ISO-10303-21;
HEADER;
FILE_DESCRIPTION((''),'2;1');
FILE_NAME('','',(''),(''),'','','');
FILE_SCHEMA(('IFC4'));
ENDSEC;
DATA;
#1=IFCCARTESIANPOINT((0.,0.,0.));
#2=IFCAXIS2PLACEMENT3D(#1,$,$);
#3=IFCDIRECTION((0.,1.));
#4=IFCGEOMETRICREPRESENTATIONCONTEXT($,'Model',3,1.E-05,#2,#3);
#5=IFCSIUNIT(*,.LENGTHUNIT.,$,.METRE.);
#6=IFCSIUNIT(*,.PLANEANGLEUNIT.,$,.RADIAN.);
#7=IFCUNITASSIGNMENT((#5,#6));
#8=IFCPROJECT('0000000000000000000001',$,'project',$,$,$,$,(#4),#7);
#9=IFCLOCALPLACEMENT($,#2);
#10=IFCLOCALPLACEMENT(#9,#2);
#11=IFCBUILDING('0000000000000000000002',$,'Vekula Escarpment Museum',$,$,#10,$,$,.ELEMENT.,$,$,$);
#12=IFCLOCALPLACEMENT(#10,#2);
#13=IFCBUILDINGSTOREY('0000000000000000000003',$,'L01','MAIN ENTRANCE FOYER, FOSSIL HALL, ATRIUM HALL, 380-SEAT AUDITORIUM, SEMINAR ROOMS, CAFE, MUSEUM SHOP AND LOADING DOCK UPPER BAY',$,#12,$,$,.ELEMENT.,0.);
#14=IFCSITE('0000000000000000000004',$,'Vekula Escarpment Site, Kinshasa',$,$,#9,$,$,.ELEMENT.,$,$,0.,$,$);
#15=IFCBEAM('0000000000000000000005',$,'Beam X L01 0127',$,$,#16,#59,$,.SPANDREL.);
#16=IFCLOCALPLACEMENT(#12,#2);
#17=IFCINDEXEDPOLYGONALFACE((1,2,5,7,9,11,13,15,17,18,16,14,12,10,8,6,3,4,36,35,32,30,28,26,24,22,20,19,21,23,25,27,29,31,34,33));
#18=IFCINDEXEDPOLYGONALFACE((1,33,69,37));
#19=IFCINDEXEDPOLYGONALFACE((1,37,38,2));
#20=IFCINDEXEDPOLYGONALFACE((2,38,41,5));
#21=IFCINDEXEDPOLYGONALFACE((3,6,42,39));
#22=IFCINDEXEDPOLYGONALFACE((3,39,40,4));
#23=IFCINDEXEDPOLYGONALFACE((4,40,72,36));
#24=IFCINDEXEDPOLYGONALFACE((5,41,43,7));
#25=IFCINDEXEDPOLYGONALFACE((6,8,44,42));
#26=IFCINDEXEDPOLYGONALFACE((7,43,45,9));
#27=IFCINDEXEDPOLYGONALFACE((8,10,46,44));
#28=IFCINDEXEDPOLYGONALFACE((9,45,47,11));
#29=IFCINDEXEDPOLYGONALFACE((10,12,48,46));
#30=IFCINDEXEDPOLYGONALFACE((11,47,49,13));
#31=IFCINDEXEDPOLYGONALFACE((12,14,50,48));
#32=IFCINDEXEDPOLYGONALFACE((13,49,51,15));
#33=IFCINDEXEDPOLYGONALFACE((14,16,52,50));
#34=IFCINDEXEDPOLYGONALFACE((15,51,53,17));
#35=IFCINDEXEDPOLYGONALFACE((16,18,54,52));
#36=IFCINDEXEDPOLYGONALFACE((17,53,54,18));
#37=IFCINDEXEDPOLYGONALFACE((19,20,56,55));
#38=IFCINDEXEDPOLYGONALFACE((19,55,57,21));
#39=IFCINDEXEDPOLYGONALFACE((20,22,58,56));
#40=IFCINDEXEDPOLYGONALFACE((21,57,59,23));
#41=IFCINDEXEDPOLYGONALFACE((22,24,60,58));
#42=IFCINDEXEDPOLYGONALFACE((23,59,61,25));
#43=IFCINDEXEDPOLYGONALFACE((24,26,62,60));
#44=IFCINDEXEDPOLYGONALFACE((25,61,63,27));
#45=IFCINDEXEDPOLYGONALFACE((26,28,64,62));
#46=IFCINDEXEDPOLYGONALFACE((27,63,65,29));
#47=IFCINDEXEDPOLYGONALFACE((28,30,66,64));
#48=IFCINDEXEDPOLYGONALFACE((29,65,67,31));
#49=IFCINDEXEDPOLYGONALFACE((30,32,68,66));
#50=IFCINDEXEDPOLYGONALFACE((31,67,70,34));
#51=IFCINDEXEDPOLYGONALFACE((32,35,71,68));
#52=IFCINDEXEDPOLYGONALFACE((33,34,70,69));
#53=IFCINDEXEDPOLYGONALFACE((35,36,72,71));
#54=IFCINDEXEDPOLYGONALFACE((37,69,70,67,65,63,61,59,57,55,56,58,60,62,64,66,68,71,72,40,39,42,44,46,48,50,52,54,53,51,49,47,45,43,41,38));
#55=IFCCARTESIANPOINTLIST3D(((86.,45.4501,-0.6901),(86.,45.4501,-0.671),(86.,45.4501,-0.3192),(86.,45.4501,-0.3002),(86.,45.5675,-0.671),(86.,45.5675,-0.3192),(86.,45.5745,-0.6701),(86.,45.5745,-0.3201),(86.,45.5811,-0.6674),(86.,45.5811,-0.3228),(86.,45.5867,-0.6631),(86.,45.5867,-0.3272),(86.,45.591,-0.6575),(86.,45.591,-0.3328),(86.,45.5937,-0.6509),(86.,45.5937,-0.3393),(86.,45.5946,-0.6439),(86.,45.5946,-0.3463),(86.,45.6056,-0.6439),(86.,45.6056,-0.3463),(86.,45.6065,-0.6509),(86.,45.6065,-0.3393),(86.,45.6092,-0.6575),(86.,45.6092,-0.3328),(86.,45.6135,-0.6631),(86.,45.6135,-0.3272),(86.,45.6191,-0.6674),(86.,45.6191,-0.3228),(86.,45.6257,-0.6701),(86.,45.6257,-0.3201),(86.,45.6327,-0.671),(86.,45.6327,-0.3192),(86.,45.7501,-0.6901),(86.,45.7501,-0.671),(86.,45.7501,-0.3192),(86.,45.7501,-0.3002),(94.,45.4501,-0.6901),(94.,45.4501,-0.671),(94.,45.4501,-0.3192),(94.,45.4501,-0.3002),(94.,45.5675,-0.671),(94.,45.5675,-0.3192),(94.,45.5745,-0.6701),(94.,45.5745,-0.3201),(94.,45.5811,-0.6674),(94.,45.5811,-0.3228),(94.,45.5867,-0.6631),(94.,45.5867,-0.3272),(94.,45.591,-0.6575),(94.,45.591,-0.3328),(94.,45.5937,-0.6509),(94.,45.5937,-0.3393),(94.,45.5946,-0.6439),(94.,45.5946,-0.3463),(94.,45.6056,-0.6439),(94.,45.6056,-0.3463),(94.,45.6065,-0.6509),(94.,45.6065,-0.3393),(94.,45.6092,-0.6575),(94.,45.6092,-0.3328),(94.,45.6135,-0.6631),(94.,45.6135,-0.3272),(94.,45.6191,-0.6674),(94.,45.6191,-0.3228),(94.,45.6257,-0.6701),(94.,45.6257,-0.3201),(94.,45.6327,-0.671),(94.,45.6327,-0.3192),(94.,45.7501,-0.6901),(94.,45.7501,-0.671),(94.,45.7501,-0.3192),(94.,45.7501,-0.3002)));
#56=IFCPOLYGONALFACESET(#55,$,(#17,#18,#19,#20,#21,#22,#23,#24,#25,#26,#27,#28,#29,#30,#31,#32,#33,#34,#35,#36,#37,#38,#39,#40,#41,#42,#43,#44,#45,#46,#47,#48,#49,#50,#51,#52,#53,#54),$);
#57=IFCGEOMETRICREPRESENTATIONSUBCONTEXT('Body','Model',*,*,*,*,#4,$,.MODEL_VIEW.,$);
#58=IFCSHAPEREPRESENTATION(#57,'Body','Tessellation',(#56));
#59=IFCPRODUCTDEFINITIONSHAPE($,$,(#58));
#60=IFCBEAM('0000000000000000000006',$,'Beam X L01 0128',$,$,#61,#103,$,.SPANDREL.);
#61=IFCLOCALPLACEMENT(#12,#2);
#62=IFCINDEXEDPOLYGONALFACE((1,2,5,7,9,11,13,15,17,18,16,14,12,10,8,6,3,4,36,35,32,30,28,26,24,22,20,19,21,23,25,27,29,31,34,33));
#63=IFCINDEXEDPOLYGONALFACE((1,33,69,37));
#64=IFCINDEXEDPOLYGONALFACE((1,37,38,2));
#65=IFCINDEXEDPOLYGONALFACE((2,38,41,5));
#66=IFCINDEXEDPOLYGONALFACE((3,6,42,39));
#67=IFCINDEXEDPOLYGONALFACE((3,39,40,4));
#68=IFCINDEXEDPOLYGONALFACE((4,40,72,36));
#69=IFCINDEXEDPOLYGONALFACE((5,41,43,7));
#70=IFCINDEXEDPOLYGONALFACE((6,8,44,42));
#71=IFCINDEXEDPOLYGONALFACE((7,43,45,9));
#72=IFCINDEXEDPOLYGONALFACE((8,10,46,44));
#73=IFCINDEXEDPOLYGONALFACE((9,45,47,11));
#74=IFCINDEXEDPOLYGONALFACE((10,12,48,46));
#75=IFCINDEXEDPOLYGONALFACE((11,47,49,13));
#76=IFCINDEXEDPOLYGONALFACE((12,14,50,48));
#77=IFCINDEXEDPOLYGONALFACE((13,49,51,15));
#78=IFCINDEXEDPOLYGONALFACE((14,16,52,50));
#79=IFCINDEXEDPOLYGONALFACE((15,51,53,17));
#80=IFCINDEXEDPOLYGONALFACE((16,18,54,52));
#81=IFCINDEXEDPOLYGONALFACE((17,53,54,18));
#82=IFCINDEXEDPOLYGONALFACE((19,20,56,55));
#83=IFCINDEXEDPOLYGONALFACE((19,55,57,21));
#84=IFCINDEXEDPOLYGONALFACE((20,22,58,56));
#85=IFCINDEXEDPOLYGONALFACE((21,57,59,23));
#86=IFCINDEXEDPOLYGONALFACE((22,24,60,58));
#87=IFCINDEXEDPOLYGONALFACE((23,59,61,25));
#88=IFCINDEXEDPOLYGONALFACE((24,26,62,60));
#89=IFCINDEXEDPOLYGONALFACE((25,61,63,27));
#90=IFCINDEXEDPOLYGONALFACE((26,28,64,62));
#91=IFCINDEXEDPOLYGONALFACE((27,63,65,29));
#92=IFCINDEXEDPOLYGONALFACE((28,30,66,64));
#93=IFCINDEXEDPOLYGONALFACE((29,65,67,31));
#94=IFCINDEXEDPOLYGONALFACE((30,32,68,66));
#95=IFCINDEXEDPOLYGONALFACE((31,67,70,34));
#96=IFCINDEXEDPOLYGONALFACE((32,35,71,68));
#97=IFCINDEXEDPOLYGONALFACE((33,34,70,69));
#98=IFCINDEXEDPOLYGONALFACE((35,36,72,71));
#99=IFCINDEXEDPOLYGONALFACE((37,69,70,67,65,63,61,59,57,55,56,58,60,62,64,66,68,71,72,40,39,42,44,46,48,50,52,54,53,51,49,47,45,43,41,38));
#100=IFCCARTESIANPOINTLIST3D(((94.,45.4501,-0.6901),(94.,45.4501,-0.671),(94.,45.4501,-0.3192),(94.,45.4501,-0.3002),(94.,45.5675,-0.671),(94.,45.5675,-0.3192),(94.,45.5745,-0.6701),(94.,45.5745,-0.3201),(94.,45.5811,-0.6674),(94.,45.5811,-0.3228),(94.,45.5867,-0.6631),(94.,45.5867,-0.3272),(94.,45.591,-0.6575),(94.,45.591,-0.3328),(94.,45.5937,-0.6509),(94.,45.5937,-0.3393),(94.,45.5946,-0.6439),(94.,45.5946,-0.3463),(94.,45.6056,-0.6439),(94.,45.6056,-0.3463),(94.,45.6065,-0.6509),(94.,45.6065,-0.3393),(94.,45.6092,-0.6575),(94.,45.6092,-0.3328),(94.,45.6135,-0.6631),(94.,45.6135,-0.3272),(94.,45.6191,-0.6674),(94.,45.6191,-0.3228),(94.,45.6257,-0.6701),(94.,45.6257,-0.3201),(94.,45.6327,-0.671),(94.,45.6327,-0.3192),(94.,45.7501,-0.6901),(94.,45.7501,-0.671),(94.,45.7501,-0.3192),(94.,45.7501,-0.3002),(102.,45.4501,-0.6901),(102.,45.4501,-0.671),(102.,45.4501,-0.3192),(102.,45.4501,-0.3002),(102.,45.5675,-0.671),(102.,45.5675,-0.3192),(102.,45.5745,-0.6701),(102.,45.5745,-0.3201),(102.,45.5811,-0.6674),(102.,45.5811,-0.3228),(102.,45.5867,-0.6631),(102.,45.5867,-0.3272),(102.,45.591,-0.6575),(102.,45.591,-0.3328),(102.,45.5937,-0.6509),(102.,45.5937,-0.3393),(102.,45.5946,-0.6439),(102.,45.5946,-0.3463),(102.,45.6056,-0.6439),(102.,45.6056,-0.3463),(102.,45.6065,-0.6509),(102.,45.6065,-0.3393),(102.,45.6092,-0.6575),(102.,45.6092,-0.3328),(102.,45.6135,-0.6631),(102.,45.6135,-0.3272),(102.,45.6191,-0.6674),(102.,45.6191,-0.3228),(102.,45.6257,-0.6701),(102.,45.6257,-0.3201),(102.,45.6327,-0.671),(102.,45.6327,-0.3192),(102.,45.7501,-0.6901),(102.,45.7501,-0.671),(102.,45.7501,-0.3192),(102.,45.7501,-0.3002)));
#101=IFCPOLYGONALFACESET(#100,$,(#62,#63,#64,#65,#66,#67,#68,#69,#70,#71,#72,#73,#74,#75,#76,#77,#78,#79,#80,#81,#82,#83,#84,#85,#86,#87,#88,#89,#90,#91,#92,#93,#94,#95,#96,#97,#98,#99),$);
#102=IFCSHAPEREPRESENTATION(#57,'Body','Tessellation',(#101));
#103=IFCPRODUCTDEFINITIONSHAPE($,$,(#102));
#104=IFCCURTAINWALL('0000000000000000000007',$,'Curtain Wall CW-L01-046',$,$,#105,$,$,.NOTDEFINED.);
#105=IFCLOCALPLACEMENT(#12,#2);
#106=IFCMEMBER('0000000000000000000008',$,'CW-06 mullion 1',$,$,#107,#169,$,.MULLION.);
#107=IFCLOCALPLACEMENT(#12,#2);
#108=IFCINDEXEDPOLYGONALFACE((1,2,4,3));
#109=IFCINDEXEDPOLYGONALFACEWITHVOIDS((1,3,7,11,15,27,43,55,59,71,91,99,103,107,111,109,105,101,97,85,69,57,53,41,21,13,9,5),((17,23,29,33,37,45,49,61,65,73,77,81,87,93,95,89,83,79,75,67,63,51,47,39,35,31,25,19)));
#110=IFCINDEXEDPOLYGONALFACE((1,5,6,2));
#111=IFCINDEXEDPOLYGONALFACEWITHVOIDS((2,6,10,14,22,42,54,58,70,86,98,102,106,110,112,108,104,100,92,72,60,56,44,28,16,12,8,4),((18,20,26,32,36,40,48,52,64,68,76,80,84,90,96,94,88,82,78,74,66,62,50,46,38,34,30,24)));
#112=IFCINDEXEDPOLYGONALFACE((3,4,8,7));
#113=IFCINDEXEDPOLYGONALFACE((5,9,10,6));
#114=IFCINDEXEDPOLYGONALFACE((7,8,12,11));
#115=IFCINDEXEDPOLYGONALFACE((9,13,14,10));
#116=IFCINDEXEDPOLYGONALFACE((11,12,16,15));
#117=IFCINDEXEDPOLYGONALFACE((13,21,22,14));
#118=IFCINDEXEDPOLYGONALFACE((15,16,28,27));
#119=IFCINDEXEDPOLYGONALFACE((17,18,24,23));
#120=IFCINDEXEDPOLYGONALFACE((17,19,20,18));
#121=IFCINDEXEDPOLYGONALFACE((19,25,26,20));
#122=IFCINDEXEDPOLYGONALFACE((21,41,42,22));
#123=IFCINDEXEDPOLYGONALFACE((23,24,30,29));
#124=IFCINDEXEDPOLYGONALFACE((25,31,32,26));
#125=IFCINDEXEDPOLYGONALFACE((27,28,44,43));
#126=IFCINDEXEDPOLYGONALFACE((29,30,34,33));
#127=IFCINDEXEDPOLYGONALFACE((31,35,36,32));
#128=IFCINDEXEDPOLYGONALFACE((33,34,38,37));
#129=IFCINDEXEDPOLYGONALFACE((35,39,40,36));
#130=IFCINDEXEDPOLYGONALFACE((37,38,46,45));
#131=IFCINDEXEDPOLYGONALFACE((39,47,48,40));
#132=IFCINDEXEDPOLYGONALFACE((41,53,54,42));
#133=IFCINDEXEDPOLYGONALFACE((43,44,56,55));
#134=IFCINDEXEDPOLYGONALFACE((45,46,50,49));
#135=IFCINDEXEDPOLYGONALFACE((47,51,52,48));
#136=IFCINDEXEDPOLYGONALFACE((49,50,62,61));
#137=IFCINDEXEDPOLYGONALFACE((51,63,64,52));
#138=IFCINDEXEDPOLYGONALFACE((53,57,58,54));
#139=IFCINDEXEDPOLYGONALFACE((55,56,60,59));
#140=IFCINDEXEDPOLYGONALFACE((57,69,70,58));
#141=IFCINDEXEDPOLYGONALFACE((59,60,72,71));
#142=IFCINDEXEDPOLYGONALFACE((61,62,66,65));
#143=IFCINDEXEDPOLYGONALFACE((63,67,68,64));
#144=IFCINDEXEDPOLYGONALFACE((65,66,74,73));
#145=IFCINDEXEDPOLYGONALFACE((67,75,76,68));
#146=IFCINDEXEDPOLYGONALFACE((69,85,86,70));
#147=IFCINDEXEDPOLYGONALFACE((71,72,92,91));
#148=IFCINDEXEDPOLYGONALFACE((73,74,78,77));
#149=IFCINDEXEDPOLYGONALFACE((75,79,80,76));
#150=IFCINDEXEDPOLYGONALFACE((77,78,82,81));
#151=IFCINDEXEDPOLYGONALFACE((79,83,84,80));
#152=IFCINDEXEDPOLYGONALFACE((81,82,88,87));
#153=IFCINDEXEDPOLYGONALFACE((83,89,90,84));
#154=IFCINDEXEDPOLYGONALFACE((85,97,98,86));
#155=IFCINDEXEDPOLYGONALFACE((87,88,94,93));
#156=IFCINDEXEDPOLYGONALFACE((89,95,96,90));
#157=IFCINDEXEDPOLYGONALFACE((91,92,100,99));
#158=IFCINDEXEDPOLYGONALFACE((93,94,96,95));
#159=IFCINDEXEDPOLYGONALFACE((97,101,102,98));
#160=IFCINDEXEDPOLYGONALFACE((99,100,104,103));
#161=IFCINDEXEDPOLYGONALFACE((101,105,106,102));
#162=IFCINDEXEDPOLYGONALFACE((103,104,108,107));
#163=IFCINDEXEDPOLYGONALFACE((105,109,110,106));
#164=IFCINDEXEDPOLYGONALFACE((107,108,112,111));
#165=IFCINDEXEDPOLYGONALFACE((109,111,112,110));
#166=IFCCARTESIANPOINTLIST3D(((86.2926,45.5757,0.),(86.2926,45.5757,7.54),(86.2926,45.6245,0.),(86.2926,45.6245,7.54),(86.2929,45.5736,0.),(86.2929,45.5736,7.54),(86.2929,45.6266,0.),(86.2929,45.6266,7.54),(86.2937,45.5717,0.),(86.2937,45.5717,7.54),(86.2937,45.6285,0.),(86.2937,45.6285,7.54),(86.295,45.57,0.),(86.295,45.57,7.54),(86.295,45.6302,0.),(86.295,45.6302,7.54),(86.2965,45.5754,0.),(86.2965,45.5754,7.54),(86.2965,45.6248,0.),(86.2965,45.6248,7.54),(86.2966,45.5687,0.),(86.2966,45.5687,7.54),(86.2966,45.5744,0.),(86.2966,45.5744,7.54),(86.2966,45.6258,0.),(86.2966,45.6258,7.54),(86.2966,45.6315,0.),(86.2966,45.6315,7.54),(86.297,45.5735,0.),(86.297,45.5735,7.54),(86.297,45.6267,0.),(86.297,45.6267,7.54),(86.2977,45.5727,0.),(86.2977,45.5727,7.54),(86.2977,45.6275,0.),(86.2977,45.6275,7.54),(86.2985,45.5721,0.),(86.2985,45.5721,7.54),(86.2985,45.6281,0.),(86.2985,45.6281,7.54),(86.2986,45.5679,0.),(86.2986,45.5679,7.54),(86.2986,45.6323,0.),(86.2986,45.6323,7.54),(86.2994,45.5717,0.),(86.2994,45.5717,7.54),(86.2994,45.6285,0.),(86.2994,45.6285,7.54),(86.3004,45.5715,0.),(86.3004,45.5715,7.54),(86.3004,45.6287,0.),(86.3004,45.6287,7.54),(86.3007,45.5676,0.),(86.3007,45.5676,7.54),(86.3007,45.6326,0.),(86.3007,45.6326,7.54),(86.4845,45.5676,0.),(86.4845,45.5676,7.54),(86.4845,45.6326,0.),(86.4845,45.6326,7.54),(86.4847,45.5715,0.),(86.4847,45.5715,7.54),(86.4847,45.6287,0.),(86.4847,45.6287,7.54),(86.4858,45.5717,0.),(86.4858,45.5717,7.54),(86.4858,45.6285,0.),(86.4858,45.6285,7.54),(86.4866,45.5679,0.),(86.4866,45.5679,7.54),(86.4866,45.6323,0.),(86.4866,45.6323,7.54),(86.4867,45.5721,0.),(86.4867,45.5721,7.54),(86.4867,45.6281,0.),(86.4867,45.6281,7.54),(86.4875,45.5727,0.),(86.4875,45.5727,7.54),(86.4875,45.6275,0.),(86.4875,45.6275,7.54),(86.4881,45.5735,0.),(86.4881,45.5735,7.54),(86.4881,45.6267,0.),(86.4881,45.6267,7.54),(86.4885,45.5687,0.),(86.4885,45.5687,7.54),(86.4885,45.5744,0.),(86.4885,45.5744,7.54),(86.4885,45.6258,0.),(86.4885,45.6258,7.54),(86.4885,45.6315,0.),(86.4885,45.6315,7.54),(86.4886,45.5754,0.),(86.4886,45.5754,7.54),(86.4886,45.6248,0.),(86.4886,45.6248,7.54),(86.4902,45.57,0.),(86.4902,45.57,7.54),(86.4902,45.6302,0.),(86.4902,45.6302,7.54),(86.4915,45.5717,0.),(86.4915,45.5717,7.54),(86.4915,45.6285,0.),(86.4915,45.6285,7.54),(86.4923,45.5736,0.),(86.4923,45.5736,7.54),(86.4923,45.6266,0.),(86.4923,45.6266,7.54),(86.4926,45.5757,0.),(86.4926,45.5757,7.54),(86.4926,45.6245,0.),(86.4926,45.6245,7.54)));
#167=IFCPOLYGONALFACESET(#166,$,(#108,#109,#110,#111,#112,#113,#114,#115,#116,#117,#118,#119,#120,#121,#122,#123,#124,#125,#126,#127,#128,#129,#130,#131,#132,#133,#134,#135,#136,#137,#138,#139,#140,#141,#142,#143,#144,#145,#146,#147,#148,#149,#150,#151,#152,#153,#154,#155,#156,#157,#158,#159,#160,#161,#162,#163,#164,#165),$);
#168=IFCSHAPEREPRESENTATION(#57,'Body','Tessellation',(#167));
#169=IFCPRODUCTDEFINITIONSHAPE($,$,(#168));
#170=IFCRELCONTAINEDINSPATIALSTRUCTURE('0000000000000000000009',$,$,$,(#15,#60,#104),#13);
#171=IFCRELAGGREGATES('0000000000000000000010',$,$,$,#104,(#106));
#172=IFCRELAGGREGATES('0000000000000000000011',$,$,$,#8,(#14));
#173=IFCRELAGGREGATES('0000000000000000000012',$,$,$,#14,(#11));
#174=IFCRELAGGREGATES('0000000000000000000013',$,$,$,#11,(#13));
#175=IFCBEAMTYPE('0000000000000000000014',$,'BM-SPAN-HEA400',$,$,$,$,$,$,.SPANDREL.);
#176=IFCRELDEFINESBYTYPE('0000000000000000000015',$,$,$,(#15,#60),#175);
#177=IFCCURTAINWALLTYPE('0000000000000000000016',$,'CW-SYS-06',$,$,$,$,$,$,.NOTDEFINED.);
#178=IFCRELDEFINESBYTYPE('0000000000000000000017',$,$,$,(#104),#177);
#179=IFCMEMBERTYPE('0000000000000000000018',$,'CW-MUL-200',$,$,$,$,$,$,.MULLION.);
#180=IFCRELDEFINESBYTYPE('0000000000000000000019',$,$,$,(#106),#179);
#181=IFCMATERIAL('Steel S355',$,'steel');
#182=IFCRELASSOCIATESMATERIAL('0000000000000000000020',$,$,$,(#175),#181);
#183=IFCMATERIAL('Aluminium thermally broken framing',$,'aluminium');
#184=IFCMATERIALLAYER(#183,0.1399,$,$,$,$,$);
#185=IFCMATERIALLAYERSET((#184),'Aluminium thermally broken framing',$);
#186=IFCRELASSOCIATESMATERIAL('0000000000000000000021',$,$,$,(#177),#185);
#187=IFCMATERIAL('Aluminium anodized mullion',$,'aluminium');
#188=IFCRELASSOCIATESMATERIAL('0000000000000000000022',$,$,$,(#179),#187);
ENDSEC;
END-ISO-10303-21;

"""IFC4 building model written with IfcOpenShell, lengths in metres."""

from ifc_helpers import new_model, si_unit, direction, frame, origin, origin_2d, place, context, subcontext, project, spatial, hollow_rectangle, i_section, extrude, material, layer, layer_set, material_profile, profile_set, type_object, element, aggregate, save


model = new_model("IFC4")

# Units and contexts
model_context = context("Model", 3, precision=1e-05, world=origin(), true_north=direction((0.0, 1.0)))
body_context = subcontext(model_context, "Body", "Model", "MODEL_VIEW")
ifc_project = project(units=[si_unit("LENGTHUNIT", "METRE"), si_unit("PLANEANGLEUNIT", "RADIAN")], contexts=[model_context])

# Site, building, storey
site_placement = place(None, origin())
site = spatial("IfcSite", under=ifc_project, at=site_placement, Name="Vekula Escarpment Site, Kinshasa", CompositionType="ELEMENT", RefElevation=0.0)
building_placement = place(site_placement, origin())
building = spatial("IfcBuilding", under=site, at=building_placement, Name="Vekula Escarpment Museum", CompositionType="ELEMENT")
storey_placement = place(building_placement, origin())
storey = spatial("IfcBuildingStorey", under=building, at=storey_placement, Name="L01", Description="MAIN ENTRANCE FOYER, FOSSIL HALL, ATRIUM HALL, 380-SEAT AUDITORIUM, SEMINAR ROOMS, CAFE, MUSEUM SHOP AND LOADING DOCK UPPER BAY", CompositionType="ELEMENT", Elevation=0.0)

# Beams
ifc_material_1 = material(Name="Steel S355", Category="steel")
ifc_material_profile_1 = material_profile(ifc_material_1, i_section(OverallWidth=0.3, OverallDepth=0.3899, WebThickness=0.011, FlangeThickness=0.019, FilletRadius=0.0271, at=origin_2d()), Name="HEA 400")
ifc_profile_set_1 = profile_set([ifc_material_profile_1], Name="Steel S355")
beam_type_1 = type_object("IfcBeamType", Name="BM-SPAN-HEA400", PredefinedType="SPANDREL", material=ifc_profile_set_1)
for number, where, z_axis, x_axis, name in (
    (1, (86.0, 45.6001, -0.4951), (1.0, 0.0, 0.0), (0.0, 1.0, 0.0), "Beam X L01 0127"),
    (2, (94.0, 45.6001, -0.4951), (1.0, 0.0, 0.0), (0.0, 1.0, 0.0), "Beam X L01 0128"),
):
    element("IfcBeam", number, at=place(storey_placement, frame(where, z_axis=z_axis, x_axis=x_axis)), inside=storey, type_object=beam_type_1, Name=name, PredefinedType="SPANDREL", context=body_context, shape_type="SweptSolid", body=[
        extrude(i_section(OverallWidth=0.3, OverallDepth=0.3899, WebThickness=0.011, FlangeThickness=0.019, FilletRadius=0.0271, at=origin_2d()), origin(), (0.0, 0.0, 1.0), 8.0),
    ])

# Curtain wall, member
ifc_material_2 = material(Name="Aluminium thermally broken framing", Category="aluminium")
ifc_layer_1 = layer(ifc_material_2, 0.1399)
ifc_layer_set_1 = layer_set([ifc_layer_1], Name="Aluminium thermally broken framing")
curtain_wall_type = type_object("IfcCurtainWallType", Name="CW-SYS-06", PredefinedType="NOTDEFINED", material=ifc_layer_set_1)
curtain_wall_placement = place(storey_placement, origin())
curtain_wall = element("IfcCurtainWall", 3, at=curtain_wall_placement, inside=storey, type_object=curtain_wall_type, Name="Curtain Wall CW-L01-046", PredefinedType="NOTDEFINED")
ifc_material_3 = material(Name="Aluminium anodized mullion", Category="aluminium")
ifc_material_profile_2 = material_profile(ifc_material_3, hollow_rectangle(XDim=0.0649, YDim=0.2, WallThickness=0.0039, InnerFilletRadius=0.0039, OuterFilletRadius=0.0081, at=origin_2d()), Name="ALU 200x65x4")
ifc_profile_set_2 = profile_set([ifc_material_profile_2], Name="Aluminium anodized mullion")
member_type_1 = type_object("IfcMemberType", Name="CW-MUL-200", PredefinedType="MULLION", material=ifc_profile_set_2)
member_1_placement = place(storey_placement, frame((86.3926, 45.6001, 0.0), z_axis=(0.0, 0.0, 1.0), x_axis=(0.0, 1.0, 0.0)))
member_1 = element("IfcMember", 4, at=member_1_placement, type_object=member_type_1, Name="CW-06 mullion 1", PredefinedType="MULLION", context=body_context, shape_type="SweptSolid", body=[
    extrude(hollow_rectangle(XDim=0.0649, YDim=0.2, WallThickness=0.0039, InnerFilletRadius=0.0039, OuterFilletRadius=0.0081, at=origin_2d()), origin(), (0.0, 0.0, 1.0), 7.54),
])
aggregate(curtain_wall, [member_1])

save(model, "model.ifc")
